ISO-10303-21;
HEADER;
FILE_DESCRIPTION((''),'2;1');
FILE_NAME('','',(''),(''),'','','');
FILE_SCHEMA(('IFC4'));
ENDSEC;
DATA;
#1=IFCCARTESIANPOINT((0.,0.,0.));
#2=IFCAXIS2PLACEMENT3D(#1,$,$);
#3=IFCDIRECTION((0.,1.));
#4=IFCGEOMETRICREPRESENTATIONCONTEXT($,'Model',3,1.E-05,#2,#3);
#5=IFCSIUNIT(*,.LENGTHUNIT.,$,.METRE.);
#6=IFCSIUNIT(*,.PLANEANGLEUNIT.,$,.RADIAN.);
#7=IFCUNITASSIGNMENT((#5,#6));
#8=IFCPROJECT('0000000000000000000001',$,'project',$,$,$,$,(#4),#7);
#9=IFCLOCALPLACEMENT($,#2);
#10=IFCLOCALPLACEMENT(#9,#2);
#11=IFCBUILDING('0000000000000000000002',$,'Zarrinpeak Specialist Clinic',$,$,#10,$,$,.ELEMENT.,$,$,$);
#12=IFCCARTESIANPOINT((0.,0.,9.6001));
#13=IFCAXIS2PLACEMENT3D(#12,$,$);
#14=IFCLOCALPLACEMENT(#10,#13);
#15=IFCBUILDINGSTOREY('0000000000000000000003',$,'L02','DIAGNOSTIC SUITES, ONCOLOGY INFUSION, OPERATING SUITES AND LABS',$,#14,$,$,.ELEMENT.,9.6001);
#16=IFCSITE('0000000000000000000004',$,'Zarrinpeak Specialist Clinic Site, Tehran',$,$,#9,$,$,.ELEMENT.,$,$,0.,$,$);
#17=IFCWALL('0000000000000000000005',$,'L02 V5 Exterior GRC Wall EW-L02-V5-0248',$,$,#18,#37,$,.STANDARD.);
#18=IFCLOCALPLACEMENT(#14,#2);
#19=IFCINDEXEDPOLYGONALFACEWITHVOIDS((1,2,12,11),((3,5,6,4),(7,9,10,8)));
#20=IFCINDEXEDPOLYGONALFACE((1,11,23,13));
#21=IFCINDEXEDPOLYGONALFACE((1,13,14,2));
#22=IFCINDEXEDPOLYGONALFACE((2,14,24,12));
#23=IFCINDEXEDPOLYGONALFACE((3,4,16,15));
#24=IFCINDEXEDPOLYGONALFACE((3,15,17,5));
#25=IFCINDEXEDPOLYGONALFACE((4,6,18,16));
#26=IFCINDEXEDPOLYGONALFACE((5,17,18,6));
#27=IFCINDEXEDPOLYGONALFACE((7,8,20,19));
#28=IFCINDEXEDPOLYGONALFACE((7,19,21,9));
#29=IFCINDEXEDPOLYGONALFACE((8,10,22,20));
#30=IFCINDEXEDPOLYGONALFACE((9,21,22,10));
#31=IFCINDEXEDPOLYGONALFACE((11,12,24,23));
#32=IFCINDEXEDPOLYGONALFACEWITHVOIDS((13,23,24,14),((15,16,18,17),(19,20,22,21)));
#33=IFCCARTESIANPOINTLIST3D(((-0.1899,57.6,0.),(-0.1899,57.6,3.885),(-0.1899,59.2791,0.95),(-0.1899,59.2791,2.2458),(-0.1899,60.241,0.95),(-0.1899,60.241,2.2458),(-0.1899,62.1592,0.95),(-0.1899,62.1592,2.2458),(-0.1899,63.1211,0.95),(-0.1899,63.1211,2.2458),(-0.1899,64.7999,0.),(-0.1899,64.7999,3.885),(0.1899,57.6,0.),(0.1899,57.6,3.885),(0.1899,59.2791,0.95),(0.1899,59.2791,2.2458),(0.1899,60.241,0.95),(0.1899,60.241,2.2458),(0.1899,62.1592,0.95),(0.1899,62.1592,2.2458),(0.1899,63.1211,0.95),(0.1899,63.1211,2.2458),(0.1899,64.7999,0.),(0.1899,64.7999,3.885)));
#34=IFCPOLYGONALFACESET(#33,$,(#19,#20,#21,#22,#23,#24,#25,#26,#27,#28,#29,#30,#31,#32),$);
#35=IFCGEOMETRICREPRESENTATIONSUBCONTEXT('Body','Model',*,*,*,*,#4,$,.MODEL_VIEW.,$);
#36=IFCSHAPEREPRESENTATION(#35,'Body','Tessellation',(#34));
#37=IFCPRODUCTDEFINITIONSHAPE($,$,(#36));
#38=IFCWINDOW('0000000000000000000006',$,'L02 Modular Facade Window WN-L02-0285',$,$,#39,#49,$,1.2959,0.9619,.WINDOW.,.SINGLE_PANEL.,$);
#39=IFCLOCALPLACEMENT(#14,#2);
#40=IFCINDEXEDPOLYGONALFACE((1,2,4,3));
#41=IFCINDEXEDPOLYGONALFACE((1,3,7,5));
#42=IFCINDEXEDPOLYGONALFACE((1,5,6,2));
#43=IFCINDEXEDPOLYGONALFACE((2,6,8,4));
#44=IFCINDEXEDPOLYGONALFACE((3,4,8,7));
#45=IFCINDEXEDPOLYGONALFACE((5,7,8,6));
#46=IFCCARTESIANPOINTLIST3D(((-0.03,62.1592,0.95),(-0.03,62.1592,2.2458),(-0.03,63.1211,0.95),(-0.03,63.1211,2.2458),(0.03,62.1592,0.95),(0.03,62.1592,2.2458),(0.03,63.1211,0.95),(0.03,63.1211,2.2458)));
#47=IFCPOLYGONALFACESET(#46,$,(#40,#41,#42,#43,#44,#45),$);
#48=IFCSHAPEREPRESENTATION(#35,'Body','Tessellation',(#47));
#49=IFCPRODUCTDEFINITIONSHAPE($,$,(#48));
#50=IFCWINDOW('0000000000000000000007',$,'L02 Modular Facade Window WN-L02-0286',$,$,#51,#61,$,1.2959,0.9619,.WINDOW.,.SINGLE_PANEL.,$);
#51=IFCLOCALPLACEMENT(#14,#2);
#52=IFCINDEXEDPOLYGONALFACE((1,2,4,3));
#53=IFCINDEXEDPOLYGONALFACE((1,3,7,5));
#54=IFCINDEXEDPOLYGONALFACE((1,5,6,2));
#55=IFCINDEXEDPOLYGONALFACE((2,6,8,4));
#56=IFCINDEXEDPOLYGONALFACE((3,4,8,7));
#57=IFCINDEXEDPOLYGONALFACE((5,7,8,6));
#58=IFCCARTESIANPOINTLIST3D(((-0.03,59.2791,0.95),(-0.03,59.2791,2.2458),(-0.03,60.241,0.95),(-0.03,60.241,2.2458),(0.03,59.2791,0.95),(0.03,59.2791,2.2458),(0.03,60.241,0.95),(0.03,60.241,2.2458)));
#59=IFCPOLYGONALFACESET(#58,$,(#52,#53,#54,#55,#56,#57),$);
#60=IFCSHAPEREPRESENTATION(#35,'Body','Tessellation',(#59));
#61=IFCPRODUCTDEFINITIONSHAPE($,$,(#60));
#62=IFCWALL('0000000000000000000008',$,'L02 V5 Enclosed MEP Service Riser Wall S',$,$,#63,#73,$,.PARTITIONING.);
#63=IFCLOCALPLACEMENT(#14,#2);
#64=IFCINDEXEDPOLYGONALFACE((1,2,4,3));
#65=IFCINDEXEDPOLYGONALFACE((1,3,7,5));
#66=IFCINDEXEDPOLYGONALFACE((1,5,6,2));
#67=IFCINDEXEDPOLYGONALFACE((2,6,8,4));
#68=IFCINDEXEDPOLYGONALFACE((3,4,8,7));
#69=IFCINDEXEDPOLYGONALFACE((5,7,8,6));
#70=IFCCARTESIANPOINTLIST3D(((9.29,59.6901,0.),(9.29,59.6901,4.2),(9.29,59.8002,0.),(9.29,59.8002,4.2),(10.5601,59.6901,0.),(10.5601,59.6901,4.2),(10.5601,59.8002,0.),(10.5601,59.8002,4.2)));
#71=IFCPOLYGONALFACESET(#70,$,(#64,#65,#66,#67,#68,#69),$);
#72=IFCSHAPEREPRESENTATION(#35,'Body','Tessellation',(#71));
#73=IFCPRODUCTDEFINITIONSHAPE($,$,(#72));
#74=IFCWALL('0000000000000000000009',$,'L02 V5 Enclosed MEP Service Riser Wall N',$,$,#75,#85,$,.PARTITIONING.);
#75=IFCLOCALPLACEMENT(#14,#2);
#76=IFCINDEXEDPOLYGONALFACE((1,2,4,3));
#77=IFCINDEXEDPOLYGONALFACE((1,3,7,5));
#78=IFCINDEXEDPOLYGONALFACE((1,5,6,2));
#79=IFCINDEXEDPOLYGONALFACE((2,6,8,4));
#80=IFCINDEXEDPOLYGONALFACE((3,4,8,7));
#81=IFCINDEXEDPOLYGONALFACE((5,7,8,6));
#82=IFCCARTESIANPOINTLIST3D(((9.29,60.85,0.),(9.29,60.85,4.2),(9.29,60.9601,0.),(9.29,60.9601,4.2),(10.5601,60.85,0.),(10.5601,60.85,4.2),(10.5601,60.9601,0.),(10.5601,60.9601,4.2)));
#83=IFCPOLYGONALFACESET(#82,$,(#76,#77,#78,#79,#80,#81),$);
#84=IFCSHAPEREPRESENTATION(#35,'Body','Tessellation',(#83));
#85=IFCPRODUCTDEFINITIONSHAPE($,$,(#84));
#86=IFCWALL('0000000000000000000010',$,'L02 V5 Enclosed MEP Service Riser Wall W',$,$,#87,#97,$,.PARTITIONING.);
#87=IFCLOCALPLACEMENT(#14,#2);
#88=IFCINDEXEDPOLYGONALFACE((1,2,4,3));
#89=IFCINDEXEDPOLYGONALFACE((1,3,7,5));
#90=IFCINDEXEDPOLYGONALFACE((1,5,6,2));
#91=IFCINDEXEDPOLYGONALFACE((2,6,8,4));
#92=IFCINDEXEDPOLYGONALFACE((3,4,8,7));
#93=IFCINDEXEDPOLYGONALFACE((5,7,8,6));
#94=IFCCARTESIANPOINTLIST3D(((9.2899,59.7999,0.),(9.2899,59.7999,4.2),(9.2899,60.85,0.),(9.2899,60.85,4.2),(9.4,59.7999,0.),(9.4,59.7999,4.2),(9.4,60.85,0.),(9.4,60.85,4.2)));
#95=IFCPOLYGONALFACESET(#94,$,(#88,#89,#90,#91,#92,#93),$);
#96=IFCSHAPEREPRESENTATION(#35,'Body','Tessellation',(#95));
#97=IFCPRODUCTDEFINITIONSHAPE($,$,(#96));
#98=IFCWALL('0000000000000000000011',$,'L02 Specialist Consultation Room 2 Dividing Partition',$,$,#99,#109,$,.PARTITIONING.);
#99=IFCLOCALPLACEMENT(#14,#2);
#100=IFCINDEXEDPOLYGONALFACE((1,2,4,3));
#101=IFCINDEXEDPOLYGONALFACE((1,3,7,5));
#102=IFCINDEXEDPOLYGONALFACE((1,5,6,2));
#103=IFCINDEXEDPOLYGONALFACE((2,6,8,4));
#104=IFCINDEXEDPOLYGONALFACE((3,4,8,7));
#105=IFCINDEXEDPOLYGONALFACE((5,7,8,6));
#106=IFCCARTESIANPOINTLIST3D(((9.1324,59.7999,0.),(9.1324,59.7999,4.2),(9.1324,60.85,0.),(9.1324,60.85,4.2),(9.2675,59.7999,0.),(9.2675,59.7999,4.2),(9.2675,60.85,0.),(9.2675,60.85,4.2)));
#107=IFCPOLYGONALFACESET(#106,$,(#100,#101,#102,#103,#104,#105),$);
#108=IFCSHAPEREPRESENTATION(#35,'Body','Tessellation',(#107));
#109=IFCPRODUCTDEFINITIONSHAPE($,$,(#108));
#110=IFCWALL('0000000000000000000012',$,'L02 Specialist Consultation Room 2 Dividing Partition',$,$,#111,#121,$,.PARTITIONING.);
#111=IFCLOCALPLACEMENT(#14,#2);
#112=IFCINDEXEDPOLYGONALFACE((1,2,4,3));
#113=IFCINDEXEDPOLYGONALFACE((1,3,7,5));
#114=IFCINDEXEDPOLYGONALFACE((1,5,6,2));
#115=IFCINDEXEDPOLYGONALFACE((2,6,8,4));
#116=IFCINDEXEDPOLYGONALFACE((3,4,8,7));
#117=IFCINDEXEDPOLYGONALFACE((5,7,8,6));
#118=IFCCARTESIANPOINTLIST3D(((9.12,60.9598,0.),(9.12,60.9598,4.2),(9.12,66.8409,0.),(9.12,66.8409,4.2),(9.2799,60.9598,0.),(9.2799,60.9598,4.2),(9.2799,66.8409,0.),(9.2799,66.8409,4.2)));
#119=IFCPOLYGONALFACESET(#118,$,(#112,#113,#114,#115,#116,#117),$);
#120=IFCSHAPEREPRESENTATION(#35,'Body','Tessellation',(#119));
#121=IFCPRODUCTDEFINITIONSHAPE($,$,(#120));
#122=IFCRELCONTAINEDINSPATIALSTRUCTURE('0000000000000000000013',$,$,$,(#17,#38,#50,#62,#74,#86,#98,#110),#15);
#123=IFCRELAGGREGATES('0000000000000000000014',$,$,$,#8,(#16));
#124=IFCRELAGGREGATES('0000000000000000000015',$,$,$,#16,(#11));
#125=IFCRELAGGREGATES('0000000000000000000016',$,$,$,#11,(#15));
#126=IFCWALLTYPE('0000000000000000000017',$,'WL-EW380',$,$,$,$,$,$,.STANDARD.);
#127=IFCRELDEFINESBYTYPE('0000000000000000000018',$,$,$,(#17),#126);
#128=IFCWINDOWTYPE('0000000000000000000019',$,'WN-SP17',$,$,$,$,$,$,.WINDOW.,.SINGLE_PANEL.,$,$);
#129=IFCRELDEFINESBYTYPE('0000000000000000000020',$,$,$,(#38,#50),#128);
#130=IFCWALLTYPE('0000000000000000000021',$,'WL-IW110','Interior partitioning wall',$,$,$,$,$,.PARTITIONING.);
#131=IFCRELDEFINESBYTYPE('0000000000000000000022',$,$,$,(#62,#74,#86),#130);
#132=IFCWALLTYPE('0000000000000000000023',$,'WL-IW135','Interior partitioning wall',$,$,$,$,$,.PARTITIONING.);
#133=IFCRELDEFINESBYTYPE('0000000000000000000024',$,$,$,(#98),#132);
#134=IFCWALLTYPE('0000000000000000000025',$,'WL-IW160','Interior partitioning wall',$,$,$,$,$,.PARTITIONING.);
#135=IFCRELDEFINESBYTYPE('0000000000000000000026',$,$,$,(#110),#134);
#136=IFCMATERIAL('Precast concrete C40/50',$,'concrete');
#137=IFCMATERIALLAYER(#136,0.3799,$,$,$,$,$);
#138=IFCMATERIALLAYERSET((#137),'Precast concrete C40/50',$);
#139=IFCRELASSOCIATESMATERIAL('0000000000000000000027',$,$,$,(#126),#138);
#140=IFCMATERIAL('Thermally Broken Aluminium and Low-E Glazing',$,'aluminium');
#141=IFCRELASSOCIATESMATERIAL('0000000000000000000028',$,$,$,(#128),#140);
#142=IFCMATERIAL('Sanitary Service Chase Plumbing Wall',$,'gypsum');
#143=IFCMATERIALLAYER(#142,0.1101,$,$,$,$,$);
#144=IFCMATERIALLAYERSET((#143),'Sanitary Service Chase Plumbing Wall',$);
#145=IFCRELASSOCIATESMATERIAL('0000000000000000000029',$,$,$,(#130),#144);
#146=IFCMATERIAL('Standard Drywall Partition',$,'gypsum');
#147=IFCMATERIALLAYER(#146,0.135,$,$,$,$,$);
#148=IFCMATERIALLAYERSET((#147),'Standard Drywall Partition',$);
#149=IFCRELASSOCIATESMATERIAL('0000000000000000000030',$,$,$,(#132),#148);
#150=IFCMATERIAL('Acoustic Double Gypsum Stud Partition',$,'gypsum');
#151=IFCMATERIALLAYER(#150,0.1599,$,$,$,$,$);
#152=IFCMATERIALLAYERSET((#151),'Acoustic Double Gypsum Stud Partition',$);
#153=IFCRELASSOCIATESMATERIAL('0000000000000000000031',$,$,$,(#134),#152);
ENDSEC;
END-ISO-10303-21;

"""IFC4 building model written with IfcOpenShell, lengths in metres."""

from ifc_helpers import new_model, si_unit, direction, frame, frame_2d, origin, place, context, subcontext, project, spatial, rectangle, extrude, material, layer, layer_set, type_object, element, fill, save


model = new_model("IFC4")

# Units and contexts
model_context = context("Model", 3, precision=1e-05, world=origin(), true_north=direction((0.0, 1.0)))
body_context = subcontext(model_context, "Body", "Model", "MODEL_VIEW")
ifc_project = project(units=[si_unit("LENGTHUNIT", "METRE"), si_unit("PLANEANGLEUNIT", "RADIAN")], contexts=[model_context])

# Site, building, storey
site_placement = place(None, origin())
site = spatial("IfcSite", under=ifc_project, at=site_placement, Name="Zarrinpeak Specialist Clinic Site, Tehran", CompositionType="ELEMENT", RefElevation=0.0)
building_placement = place(site_placement, origin())
building = spatial("IfcBuilding", under=site, at=building_placement, Name="Zarrinpeak Specialist Clinic", CompositionType="ELEMENT")
storey_placement = place(building_placement, frame((0.0, 0.0, 9.6001)))
storey = spatial("IfcBuildingStorey", under=building, at=storey_placement, Name="L02", Description="DIAGNOSTIC SUITES, ONCOLOGY INFUSION, OPERATING SUITES AND LABS", CompositionType="ELEMENT", Elevation=9.6001)

# Wall, openings, windows
ifc_material_1 = material(Name="Precast concrete C40/50", Category="concrete")
ifc_layer_1 = layer(ifc_material_1, 0.3799)
ifc_layer_set_1 = layer_set([ifc_layer_1], Name="Precast concrete C40/50")
wall_type_1 = type_object("IfcWallType", Name="WL-EW380", PredefinedType="STANDARD", material=ifc_layer_set_1)
wall_1_placement = place(storey_placement, frame((0.0, 64.8, 0.0), z_axis=(0.0, 0.0, 1.0), x_axis=(0.0, -1.0, 0.0)))
wall_1 = element("IfcWall", 1, at=wall_1_placement, inside=storey, type_object=wall_type_1, Name="L02 V5 Exterior GRC Wall EW-L02-V5-0248", PredefinedType="STANDARD", context=body_context, shape_type="SweptSolid", body=[
    extrude(rectangle(XDim=7.2, YDim=0.3799, at=frame_2d((3.6001, 0.0))), origin(), (0.0, 0.0, 1.0), 3.885),
])
opening_1_placement = place(wall_1_placement, frame((1.679, 0.0, 0.95)))
opening_1 = element("IfcOpeningElement", 2, at=opening_1_placement, cuts=wall_1, PredefinedType="OPENING", context=body_context, shape_type="SweptSolid", body=[
    extrude(rectangle(XDim=0.9619, YDim=1.2959, at=frame_2d((0.481, 0.6479))), frame((0.0, 0.2, 0.0), z_axis=(0.0, -1.0, 0.0), x_axis=(1.0, 0.0, 0.0)), (0.0, 0.0, 1.0), 0.3999),
])
opening_2_placement = place(wall_1_placement, frame((4.5591, 0.0, 0.95)))
opening_2 = element("IfcOpeningElement", 3, at=opening_2_placement, cuts=wall_1, PredefinedType="OPENING", context=body_context, shape_type="SweptSolid", body=[
    extrude(rectangle(XDim=0.9619, YDim=1.2959, at=frame_2d((0.481, 0.6479))), frame((0.0, 0.2, 0.0), z_axis=(0.0, -1.0, 0.0), x_axis=(1.0, 0.0, 0.0)), (0.0, 0.0, 1.0), 0.3999),
])
ifc_material_2 = material(Name="Thermally Broken Aluminium and Low-E Glazing", Category="aluminium")
window_type = type_object("IfcWindowType", Name="WN-SP17", PartitioningType="SINGLE_PANEL", PredefinedType="WINDOW", material=ifc_material_2)
window_1_placement = place(opening_1_placement, origin())
window_1 = element("IfcWindow", 4, at=window_1_placement, inside=storey, type_object=window_type, Name="L02 Modular Facade Window WN-L02-0285", OverallHeight=1.2959, OverallWidth=0.9619, PartitioningType="SINGLE_PANEL", PredefinedType="WINDOW", context=body_context, shape_type="SweptSolid", body=[
    extrude(rectangle(XDim=0.9619, YDim=1.2959, at=frame_2d((0.481, 0.6479))), frame((0.0, 0.03, 0.0), z_axis=(0.0, -1.0, 0.0), x_axis=(1.0, 0.0, 0.0)), (0.0, 0.0, 1.0), 0.0601),
])
fill(opening_1, window_1)
window_2_placement = place(opening_2_placement, origin())
window_2 = element("IfcWindow", 5, at=window_2_placement, inside=storey, type_object=window_type, Name="L02 Modular Facade Window WN-L02-0286", OverallHeight=1.2959, OverallWidth=0.9619, PartitioningType="SINGLE_PANEL", PredefinedType="WINDOW", context=body_context, shape_type="SweptSolid", body=[
    extrude(rectangle(XDim=0.9619, YDim=1.2959, at=frame_2d((0.481, 0.6479))), frame((0.0, 0.03, 0.0), z_axis=(0.0, -1.0, 0.0), x_axis=(1.0, 0.0, 0.0)), (0.0, 0.0, 1.0), 0.0601),
])
fill(opening_2, window_2)

# Walls
ifc_material_3 = material(Name="Sanitary Service Chase Plumbing Wall", Category="gypsum")
ifc_layer_2 = layer(ifc_material_3, 0.1101)
ifc_layer_set_2 = layer_set([ifc_layer_2], Name="Sanitary Service Chase Plumbing Wall")
wall_type_2 = type_object("IfcWallType", Name="WL-IW110", Description="Interior partitioning wall", PredefinedType="PARTITIONING", material=ifc_layer_set_2)
for number, where, z_axis, x_axis, name in (
    (6, (9.29, 59.7451, 0.0), (0.0, 0.0, 1.0), (1.0, 0.0, 0.0), "L02 V5 Enclosed MEP Service Riser Wall S"),
    (7, (9.29, 60.905, 0.0), (0.0, 0.0, 1.0), (1.0, 0.0, 0.0), "L02 V5 Enclosed MEP Service Riser Wall N"),
):
    element("IfcWall", number, at=place(storey_placement, frame(where, z_axis=z_axis, x_axis=x_axis)), inside=storey, type_object=wall_type_2, Name=name, PredefinedType="PARTITIONING", context=body_context, shape_type="SweptSolid", body=[
        extrude(rectangle(XDim=1.27, YDim=0.1101, at=frame_2d((0.635, 0.0))), origin(), (0.0, 0.0, 1.0), 4.2),
    ])
wall_2_placement = place(storey_placement, frame((9.345, 59.8, 0.0), z_axis=(0.0, 0.0, 1.0), x_axis=(0.0, 1.0, 0.0)))
element("IfcWall", 8, at=wall_2_placement, inside=storey, type_object=wall_type_2, Name="L02 V5 Enclosed MEP Service Riser Wall W", PredefinedType="PARTITIONING", context=body_context, shape_type="SweptSolid", body=[
    extrude(rectangle(XDim=1.05, YDim=0.1101, at=frame_2d((0.5249, 0.0))), origin(), (0.0, 0.0, 1.0), 4.2),
])
ifc_material_4 = material(Name="Standard Drywall Partition", Category="gypsum")
ifc_layer_3 = layer(ifc_material_4, 0.135)
ifc_layer_set_3 = layer_set([ifc_layer_3], Name="Standard Drywall Partition")
wall_type_3 = type_object("IfcWallType", Name="WL-IW135", Description="Interior partitioning wall", PredefinedType="PARTITIONING", material=ifc_layer_set_3)
wall_3_placement = place(storey_placement, frame((9.2, 59.8, 0.0), z_axis=(0.0, 0.0, 1.0), x_axis=(0.0, 1.0, 0.0)))
element("IfcWall", 9, at=wall_3_placement, inside=storey, type_object=wall_type_3, Name="L02 Specialist Consultation Room 2 Dividing Partition", PredefinedType="PARTITIONING", context=body_context, shape_type="SweptSolid", body=[
    extrude(rectangle(XDim=1.05, YDim=0.135, at=frame_2d((0.5249, 0.0))), origin(), (0.0, 0.0, 1.0), 4.2),
])
ifc_material_5 = material(Name="Acoustic Double Gypsum Stud Partition", Category="gypsum")
ifc_layer_4 = layer(ifc_material_5, 0.1599)
ifc_layer_set_4 = layer_set([ifc_layer_4], Name="Acoustic Double Gypsum Stud Partition")
wall_type_4 = type_object("IfcWallType", Name="WL-IW160", Description="Interior partitioning wall", PredefinedType="PARTITIONING", material=ifc_layer_set_4)
wall_4_placement = place(storey_placement, frame((9.2, 60.96, 0.0), z_axis=(0.0, 0.0, 1.0), x_axis=(0.0, 1.0, 0.0)))
element("IfcWall", 10, at=wall_4_placement, inside=storey, type_object=wall_type_4, Name="L02 Specialist Consultation Room 2 Dividing Partition", PredefinedType="PARTITIONING", context=body_context, shape_type="SweptSolid", body=[
    extrude(rectangle(XDim=5.8811, YDim=0.1599, at=frame_2d((2.9404, 0.0))), origin(), (0.0, 0.0, 1.0), 4.2),
])

save(model, "model.ifc")
